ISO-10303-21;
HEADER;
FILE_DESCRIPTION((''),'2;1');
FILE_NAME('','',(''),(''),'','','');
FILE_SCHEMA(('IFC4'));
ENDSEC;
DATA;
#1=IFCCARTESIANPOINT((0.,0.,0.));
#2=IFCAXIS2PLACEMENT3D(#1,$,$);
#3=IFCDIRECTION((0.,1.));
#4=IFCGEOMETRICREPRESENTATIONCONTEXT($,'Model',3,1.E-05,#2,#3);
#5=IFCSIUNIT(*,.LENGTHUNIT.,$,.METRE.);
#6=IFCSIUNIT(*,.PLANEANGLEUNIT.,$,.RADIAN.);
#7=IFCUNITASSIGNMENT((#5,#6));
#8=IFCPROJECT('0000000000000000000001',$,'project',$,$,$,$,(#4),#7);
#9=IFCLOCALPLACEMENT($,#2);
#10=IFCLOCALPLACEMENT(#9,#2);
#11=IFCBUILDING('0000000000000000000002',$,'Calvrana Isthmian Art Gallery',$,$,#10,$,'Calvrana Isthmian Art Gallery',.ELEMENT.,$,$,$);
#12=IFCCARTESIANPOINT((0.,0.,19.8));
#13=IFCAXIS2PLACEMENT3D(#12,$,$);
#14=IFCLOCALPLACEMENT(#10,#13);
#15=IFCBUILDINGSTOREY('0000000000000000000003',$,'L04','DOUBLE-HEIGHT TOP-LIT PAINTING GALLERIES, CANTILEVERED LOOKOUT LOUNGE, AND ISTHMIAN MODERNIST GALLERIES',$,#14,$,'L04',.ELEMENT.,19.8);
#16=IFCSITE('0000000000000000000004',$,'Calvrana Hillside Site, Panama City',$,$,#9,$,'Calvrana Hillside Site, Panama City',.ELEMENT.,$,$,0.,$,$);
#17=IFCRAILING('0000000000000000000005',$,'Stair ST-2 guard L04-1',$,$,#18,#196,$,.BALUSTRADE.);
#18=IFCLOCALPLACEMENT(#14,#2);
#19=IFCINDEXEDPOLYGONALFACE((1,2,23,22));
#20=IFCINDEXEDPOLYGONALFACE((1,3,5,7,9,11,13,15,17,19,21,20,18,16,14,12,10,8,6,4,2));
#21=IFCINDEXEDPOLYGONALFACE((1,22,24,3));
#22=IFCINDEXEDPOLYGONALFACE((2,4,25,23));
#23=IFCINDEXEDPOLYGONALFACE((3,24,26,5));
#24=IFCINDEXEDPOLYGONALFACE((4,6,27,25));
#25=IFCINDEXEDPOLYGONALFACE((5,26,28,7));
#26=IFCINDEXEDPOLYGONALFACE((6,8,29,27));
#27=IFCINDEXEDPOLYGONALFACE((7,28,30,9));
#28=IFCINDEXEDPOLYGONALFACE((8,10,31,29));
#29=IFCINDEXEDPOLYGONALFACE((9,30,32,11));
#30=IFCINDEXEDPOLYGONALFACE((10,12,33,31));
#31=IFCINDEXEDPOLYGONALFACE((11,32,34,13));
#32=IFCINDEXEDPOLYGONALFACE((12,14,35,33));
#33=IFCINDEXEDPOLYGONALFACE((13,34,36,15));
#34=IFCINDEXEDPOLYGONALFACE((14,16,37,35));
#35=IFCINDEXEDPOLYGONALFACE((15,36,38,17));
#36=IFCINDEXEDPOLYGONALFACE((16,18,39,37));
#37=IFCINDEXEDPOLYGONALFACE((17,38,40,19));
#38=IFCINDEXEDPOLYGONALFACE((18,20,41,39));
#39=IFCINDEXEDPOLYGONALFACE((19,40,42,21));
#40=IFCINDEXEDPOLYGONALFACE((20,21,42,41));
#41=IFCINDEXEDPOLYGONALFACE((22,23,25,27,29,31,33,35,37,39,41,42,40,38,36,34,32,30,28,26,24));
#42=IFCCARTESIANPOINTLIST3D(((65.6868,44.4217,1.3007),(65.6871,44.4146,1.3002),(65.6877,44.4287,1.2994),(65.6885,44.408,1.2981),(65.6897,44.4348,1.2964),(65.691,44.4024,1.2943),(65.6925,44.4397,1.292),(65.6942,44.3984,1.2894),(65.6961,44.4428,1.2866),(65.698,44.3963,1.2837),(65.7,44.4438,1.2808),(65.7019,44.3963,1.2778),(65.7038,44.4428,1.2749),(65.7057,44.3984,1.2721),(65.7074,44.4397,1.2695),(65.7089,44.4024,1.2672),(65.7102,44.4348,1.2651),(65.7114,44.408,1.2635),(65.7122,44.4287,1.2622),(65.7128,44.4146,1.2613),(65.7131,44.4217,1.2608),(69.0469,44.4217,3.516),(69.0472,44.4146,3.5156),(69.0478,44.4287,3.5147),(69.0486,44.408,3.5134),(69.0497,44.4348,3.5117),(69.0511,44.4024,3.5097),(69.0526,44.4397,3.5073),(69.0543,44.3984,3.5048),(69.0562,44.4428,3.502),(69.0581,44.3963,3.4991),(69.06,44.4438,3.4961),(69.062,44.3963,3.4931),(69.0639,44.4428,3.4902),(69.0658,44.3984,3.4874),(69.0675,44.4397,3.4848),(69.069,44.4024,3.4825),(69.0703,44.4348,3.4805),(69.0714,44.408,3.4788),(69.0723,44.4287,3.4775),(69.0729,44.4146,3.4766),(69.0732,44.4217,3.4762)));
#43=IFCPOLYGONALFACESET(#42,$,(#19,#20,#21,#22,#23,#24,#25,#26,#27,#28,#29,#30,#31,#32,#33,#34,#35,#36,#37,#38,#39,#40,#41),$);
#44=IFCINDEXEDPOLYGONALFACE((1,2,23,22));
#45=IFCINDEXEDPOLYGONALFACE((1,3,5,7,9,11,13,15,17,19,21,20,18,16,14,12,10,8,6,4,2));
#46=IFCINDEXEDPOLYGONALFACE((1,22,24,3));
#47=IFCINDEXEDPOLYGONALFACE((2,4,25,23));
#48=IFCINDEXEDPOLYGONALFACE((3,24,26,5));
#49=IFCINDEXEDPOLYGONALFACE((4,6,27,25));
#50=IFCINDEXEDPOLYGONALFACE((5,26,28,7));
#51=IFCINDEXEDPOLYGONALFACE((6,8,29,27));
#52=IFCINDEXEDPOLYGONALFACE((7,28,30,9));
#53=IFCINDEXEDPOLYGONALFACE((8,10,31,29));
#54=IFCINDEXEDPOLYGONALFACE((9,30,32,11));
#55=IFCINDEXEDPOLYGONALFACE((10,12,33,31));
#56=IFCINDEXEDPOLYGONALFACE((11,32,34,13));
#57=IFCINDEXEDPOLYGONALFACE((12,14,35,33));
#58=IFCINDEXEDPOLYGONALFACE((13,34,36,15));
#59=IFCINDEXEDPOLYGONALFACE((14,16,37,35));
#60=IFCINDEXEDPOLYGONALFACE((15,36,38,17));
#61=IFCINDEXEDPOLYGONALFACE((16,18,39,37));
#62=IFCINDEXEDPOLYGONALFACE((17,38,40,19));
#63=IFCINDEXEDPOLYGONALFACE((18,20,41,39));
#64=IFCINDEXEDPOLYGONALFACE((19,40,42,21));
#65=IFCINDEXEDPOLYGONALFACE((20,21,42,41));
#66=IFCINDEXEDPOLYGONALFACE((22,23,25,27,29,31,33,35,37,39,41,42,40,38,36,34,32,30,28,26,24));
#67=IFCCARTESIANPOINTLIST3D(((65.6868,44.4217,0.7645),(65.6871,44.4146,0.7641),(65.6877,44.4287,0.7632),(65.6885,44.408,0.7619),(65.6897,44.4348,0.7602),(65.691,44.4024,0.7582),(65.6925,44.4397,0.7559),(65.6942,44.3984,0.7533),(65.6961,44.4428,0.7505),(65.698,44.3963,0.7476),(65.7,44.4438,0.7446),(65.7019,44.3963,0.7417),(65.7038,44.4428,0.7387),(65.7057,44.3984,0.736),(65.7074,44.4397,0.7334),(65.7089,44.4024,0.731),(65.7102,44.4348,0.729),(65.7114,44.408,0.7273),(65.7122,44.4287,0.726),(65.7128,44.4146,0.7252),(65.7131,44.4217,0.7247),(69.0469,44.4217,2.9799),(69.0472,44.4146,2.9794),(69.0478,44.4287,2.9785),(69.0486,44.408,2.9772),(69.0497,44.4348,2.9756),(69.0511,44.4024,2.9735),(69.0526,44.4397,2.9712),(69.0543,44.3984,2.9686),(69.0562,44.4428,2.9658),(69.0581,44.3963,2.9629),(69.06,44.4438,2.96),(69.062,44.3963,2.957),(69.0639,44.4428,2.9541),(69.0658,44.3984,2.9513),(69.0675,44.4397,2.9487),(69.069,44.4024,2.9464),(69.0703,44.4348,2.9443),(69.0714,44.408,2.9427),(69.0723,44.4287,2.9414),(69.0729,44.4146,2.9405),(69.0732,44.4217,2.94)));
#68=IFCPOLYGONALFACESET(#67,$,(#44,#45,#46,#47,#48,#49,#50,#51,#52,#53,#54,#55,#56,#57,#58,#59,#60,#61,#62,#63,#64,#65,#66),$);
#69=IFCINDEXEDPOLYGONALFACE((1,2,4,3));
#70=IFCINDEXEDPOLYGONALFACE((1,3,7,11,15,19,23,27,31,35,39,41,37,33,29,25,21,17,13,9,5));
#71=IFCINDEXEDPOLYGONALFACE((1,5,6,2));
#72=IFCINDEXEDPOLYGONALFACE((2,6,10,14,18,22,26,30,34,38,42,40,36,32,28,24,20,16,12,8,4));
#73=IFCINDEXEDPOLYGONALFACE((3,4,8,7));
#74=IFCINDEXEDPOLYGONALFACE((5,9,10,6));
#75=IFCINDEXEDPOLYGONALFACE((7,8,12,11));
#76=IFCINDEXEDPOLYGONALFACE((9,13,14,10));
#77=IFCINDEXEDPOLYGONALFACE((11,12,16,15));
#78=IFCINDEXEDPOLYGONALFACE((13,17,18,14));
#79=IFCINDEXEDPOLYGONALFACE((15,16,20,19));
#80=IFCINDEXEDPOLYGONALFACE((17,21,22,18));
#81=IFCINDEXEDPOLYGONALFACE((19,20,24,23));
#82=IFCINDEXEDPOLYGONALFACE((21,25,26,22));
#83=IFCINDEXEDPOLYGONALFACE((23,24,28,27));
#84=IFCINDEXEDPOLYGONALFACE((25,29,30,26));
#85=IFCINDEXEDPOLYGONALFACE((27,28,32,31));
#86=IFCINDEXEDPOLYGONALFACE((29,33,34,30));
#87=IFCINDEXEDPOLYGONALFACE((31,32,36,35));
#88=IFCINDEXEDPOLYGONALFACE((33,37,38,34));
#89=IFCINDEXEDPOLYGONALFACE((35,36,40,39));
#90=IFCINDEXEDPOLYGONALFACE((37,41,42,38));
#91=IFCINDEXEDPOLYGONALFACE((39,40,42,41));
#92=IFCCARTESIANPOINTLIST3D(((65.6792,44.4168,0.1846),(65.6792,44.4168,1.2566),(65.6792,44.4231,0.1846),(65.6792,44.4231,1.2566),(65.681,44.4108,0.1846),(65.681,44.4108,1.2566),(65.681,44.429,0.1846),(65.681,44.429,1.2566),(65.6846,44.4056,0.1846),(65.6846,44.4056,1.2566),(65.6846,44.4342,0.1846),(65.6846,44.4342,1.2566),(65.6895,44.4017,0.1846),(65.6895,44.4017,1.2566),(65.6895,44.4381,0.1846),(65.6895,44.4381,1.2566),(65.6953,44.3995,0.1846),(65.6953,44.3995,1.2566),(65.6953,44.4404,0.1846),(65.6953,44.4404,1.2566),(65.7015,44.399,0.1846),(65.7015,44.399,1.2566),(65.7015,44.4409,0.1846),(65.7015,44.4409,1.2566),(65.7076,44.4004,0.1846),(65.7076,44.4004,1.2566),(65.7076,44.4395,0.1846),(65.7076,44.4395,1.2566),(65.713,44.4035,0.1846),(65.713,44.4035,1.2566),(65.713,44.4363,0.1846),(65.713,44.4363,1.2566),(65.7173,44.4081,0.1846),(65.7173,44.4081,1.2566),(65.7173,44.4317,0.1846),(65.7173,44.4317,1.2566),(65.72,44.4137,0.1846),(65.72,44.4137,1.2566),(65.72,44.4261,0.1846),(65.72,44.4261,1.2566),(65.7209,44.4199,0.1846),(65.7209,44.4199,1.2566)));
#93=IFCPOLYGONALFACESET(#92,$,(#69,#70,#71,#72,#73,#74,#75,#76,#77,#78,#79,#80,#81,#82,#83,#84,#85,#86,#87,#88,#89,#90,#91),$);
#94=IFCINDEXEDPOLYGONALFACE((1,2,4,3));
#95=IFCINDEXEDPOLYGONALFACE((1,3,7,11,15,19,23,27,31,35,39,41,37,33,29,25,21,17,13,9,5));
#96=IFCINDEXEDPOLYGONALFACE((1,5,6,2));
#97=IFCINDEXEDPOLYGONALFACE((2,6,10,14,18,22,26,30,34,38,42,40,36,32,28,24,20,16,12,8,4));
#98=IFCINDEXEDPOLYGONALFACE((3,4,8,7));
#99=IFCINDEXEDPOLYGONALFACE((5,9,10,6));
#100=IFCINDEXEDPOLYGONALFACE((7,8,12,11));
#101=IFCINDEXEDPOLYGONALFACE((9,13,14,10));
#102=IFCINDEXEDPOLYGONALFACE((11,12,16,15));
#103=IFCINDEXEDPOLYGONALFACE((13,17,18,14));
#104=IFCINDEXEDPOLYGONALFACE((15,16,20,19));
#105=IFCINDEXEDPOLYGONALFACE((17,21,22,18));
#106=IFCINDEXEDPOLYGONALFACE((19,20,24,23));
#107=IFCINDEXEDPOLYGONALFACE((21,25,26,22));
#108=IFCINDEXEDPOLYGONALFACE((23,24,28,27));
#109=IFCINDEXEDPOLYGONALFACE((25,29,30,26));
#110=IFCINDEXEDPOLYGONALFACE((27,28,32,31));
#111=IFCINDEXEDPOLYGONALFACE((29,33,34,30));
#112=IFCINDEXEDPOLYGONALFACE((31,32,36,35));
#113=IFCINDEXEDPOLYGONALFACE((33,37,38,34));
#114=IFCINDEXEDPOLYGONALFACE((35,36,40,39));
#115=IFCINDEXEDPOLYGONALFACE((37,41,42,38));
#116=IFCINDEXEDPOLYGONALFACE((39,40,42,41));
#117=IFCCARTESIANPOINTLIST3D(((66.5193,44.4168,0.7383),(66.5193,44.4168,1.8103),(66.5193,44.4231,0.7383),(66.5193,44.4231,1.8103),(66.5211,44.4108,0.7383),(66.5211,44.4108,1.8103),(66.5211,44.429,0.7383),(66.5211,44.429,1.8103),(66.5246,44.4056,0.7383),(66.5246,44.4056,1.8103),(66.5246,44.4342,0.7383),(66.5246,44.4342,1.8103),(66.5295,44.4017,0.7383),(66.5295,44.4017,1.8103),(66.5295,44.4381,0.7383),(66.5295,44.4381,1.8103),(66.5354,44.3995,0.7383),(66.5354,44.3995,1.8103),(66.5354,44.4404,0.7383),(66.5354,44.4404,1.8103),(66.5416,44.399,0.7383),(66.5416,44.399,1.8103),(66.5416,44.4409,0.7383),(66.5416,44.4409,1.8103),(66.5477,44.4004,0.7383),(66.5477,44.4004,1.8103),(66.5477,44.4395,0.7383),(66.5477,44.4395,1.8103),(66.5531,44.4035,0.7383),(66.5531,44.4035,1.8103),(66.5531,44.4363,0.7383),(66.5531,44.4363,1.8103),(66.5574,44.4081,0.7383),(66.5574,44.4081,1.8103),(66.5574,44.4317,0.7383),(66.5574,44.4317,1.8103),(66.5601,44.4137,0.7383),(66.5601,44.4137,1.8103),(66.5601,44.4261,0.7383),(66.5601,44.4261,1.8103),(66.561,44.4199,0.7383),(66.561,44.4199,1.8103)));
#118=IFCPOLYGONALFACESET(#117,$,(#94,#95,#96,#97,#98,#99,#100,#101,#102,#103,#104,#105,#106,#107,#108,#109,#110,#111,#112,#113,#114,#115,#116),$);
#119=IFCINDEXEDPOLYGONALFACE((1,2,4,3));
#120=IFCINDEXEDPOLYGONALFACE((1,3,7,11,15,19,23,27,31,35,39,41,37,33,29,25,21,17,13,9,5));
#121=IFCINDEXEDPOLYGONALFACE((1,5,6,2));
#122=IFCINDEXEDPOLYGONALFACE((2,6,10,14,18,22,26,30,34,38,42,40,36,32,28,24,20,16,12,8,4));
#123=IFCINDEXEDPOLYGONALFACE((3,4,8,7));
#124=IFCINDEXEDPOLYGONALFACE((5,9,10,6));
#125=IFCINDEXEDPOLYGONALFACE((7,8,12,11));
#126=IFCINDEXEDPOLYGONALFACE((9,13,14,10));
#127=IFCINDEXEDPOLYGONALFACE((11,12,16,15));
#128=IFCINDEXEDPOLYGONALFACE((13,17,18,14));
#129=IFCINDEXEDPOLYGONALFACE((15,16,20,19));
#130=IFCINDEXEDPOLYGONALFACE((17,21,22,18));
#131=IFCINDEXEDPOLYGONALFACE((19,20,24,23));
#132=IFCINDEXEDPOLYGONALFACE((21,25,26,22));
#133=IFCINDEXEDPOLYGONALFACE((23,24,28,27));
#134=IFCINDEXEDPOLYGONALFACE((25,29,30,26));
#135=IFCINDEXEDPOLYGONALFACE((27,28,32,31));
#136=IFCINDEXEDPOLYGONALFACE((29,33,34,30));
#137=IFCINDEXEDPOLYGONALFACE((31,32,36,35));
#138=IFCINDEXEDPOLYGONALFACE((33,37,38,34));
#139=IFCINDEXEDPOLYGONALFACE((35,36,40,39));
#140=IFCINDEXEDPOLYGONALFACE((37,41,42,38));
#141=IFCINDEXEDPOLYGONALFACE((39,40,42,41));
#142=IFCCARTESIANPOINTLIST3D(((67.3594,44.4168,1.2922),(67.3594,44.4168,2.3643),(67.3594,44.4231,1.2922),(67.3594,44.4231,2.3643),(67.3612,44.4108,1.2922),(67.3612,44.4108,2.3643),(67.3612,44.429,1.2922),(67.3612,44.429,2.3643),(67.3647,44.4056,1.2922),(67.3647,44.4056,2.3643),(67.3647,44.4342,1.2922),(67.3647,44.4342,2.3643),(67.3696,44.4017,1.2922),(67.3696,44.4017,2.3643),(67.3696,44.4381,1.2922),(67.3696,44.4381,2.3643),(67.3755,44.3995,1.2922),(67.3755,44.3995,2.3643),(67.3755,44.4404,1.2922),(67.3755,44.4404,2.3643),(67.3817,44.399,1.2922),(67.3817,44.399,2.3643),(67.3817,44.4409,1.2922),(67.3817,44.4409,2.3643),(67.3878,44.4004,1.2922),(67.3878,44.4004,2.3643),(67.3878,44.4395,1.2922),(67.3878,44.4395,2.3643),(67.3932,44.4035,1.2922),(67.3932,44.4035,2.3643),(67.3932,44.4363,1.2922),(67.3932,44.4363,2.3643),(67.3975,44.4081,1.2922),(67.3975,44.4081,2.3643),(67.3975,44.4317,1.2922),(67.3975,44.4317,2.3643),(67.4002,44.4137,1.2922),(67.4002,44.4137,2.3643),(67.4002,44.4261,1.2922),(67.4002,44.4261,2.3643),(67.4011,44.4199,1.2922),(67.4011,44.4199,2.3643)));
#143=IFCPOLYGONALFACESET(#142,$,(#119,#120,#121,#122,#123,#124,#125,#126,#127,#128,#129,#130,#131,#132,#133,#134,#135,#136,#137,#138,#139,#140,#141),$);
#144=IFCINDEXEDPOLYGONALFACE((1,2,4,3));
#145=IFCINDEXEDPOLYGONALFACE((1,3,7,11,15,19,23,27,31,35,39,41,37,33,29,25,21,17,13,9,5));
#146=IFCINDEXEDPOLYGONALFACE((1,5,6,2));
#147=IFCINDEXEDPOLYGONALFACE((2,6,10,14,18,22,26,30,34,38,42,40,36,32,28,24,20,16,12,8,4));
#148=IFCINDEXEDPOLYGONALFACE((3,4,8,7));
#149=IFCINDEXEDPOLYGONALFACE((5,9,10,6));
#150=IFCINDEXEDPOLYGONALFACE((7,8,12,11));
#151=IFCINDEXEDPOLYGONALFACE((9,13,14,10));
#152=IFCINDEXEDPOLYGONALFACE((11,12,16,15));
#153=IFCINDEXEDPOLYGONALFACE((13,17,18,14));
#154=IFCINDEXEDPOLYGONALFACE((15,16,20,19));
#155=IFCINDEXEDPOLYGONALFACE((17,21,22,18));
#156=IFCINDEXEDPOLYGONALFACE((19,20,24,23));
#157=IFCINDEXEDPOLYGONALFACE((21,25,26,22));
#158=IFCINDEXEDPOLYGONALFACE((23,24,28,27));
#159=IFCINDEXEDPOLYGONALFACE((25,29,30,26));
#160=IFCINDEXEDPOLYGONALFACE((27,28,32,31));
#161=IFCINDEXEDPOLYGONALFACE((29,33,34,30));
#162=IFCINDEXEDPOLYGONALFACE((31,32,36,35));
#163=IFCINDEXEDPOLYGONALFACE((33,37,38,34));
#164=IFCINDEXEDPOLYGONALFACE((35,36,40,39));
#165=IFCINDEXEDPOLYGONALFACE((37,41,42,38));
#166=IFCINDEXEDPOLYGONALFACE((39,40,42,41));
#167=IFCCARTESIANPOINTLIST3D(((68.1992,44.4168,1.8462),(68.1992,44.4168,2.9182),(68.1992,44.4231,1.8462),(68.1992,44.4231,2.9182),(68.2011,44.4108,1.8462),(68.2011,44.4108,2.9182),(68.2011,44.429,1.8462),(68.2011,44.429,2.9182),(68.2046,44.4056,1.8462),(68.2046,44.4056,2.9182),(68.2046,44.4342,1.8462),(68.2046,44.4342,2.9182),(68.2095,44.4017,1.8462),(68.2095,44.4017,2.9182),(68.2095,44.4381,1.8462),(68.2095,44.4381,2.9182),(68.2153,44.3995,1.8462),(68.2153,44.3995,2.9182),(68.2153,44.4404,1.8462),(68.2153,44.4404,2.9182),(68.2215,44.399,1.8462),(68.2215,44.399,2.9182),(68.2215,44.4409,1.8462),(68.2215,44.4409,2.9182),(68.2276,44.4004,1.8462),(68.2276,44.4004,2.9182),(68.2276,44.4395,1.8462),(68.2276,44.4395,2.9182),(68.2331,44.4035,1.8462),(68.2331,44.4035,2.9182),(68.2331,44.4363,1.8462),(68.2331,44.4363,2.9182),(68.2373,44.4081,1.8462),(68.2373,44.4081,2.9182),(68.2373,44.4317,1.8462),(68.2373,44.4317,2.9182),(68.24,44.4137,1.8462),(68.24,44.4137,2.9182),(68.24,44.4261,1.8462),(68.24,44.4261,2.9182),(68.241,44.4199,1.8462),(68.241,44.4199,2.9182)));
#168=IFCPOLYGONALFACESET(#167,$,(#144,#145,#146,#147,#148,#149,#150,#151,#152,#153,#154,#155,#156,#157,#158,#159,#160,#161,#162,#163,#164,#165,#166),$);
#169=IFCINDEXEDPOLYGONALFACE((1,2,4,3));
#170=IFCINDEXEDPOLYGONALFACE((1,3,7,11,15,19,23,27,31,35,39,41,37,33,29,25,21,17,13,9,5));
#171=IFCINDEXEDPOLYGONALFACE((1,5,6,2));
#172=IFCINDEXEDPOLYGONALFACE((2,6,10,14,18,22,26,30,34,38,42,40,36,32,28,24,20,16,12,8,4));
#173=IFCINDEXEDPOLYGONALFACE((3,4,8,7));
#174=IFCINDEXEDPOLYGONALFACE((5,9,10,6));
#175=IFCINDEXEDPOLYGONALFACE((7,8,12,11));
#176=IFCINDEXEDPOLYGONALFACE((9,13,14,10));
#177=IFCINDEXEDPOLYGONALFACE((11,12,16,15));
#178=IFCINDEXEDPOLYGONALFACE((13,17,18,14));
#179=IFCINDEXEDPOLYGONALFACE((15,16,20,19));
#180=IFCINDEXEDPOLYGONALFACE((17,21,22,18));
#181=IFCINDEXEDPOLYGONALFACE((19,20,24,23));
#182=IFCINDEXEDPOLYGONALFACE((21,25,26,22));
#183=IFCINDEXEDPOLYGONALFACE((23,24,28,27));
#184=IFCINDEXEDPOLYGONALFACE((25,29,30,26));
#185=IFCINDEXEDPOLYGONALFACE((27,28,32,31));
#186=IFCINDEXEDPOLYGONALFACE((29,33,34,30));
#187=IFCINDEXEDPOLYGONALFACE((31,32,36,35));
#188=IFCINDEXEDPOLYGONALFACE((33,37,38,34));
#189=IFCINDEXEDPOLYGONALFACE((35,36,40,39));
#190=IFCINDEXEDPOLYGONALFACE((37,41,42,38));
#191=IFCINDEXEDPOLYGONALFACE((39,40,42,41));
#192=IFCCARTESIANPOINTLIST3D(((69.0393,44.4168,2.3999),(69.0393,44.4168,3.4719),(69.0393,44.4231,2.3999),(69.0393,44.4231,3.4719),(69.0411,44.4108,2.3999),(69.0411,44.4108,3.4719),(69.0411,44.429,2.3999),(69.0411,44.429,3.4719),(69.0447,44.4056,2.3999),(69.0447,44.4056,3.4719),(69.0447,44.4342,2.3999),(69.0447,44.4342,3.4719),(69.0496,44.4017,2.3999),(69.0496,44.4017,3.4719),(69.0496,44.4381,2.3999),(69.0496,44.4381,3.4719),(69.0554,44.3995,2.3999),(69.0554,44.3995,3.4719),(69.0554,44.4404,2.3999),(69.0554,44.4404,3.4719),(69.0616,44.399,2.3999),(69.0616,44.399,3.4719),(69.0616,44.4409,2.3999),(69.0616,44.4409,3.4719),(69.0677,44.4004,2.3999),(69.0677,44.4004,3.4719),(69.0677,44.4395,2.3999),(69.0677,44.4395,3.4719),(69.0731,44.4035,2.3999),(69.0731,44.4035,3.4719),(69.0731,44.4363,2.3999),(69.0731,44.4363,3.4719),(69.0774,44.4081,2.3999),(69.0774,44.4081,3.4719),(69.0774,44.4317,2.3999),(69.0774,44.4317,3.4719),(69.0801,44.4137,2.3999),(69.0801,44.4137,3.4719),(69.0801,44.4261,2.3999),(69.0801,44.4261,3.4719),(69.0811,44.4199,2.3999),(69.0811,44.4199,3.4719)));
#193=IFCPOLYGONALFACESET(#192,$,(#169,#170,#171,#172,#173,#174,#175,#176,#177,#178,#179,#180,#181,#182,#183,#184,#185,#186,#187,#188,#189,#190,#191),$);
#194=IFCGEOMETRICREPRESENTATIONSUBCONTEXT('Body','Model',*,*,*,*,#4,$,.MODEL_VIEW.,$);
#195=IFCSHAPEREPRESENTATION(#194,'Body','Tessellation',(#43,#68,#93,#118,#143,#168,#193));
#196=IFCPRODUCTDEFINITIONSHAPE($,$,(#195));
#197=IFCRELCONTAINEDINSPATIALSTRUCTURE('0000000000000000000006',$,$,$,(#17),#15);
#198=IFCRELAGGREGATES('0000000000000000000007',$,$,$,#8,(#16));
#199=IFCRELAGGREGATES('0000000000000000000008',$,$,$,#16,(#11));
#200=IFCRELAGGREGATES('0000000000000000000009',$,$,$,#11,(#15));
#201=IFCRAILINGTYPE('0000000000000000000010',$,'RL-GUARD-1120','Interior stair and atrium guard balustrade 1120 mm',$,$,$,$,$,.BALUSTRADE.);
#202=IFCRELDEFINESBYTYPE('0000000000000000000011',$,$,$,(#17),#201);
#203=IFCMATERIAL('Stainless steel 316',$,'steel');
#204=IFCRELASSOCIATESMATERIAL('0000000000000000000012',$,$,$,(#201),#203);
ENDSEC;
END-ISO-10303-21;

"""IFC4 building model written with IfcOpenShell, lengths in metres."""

from ifc_helpers import new_model, si_unit, direction, frame, origin, origin_2d, place, context, subcontext, project, spatial, circle, extrude, material, type_object, element, save


model = new_model("IFC4")

# Units and contexts
model_context = context("Model", 3, precision=1e-05, world=origin(), true_north=direction((0.0, 1.0)))
body_context = subcontext(model_context, "Body", "Model", "MODEL_VIEW")
ifc_project = project(units=[si_unit("LENGTHUNIT", "METRE"), si_unit("PLANEANGLEUNIT", "RADIAN")], contexts=[model_context])

# Site, building, storey
site_placement = place(None, origin())
site = spatial("IfcSite", under=ifc_project, at=site_placement, Name="Calvrana Hillside Site, Panama City", LongName="Calvrana Hillside Site, Panama City", CompositionType="ELEMENT", RefElevation=0.0)
building_placement = place(site_placement, origin())
building = spatial("IfcBuilding", under=site, at=building_placement, Name="Calvrana Isthmian Art Gallery", LongName="Calvrana Isthmian Art Gallery", CompositionType="ELEMENT")
storey_placement = place(building_placement, frame((0.0, 0.0, 19.8)))
storey = spatial("IfcBuildingStorey", under=building, at=storey_placement, Name="L04", Description="DOUBLE-HEIGHT TOP-LIT PAINTING GALLERIES, CANTILEVERED LOOKOUT LOUNGE, AND ISTHMIAN MODERNIST GALLERIES", LongName="L04", CompositionType="ELEMENT", Elevation=19.8)

# Railing
ifc_material_1 = material(Name="Stainless steel 316", Category="steel")
railing_type_1 = type_object("IfcRailingType", Name="RL-GUARD-1120", Description="Interior stair and atrium guard balustrade 1120 mm", PredefinedType="BALUSTRADE", material=ifc_material_1)
railing_1_placement = place(storey_placement, frame((65.7, 44.4199, 0.1846)))
element("IfcRailing", 1, at=railing_1_placement, inside=storey, type_object=railing_type_1, Name="Stair ST-2 guard L04-1", PredefinedType="BALUSTRADE", context=body_context, shape_type="SweptSolid", body=[
    extrude(circle(Radius=0.0239, at=origin_2d()), frame((0.0, 0.0, 1.0962), z_axis=(0.834876, 0.0, 0.550437), x_axis=(0.0, 1.0, 0.0)), (0.0, 0.0, 1.0), 4.0247),
    extrude(circle(Radius=0.0239, at=origin_2d()), frame((0.0, 0.0, 0.5601), z_axis=(0.834876, 0.0, 0.550437), x_axis=(0.0, 1.0, 0.0)), (0.0, 0.0, 1.0), 4.0247),
    extrude(circle(Radius=0.021, at=origin_2d()), origin(), (0.0, 0.0, 1.0), 1.072),
    extrude(circle(Radius=0.021, at=origin_2d()), frame((0.8401, 0.0, 0.5537)), (0.0, 0.0, 1.0), 1.072),
    extrude(circle(Radius=0.021, at=origin_2d()), frame((1.6802, 0.0, 1.1077)), (0.0, 0.0, 1.0), 1.072),
    extrude(circle(Radius=0.021, at=origin_2d()), frame((2.52, 0.0, 1.6616)), (0.0, 0.0, 1.0), 1.072),
    extrude(circle(Radius=0.021, at=origin_2d()), frame((3.3601, 0.0, 2.2153)), (0.0, 0.0, 1.0), 1.072),
])

save(model, "model.ifc")
